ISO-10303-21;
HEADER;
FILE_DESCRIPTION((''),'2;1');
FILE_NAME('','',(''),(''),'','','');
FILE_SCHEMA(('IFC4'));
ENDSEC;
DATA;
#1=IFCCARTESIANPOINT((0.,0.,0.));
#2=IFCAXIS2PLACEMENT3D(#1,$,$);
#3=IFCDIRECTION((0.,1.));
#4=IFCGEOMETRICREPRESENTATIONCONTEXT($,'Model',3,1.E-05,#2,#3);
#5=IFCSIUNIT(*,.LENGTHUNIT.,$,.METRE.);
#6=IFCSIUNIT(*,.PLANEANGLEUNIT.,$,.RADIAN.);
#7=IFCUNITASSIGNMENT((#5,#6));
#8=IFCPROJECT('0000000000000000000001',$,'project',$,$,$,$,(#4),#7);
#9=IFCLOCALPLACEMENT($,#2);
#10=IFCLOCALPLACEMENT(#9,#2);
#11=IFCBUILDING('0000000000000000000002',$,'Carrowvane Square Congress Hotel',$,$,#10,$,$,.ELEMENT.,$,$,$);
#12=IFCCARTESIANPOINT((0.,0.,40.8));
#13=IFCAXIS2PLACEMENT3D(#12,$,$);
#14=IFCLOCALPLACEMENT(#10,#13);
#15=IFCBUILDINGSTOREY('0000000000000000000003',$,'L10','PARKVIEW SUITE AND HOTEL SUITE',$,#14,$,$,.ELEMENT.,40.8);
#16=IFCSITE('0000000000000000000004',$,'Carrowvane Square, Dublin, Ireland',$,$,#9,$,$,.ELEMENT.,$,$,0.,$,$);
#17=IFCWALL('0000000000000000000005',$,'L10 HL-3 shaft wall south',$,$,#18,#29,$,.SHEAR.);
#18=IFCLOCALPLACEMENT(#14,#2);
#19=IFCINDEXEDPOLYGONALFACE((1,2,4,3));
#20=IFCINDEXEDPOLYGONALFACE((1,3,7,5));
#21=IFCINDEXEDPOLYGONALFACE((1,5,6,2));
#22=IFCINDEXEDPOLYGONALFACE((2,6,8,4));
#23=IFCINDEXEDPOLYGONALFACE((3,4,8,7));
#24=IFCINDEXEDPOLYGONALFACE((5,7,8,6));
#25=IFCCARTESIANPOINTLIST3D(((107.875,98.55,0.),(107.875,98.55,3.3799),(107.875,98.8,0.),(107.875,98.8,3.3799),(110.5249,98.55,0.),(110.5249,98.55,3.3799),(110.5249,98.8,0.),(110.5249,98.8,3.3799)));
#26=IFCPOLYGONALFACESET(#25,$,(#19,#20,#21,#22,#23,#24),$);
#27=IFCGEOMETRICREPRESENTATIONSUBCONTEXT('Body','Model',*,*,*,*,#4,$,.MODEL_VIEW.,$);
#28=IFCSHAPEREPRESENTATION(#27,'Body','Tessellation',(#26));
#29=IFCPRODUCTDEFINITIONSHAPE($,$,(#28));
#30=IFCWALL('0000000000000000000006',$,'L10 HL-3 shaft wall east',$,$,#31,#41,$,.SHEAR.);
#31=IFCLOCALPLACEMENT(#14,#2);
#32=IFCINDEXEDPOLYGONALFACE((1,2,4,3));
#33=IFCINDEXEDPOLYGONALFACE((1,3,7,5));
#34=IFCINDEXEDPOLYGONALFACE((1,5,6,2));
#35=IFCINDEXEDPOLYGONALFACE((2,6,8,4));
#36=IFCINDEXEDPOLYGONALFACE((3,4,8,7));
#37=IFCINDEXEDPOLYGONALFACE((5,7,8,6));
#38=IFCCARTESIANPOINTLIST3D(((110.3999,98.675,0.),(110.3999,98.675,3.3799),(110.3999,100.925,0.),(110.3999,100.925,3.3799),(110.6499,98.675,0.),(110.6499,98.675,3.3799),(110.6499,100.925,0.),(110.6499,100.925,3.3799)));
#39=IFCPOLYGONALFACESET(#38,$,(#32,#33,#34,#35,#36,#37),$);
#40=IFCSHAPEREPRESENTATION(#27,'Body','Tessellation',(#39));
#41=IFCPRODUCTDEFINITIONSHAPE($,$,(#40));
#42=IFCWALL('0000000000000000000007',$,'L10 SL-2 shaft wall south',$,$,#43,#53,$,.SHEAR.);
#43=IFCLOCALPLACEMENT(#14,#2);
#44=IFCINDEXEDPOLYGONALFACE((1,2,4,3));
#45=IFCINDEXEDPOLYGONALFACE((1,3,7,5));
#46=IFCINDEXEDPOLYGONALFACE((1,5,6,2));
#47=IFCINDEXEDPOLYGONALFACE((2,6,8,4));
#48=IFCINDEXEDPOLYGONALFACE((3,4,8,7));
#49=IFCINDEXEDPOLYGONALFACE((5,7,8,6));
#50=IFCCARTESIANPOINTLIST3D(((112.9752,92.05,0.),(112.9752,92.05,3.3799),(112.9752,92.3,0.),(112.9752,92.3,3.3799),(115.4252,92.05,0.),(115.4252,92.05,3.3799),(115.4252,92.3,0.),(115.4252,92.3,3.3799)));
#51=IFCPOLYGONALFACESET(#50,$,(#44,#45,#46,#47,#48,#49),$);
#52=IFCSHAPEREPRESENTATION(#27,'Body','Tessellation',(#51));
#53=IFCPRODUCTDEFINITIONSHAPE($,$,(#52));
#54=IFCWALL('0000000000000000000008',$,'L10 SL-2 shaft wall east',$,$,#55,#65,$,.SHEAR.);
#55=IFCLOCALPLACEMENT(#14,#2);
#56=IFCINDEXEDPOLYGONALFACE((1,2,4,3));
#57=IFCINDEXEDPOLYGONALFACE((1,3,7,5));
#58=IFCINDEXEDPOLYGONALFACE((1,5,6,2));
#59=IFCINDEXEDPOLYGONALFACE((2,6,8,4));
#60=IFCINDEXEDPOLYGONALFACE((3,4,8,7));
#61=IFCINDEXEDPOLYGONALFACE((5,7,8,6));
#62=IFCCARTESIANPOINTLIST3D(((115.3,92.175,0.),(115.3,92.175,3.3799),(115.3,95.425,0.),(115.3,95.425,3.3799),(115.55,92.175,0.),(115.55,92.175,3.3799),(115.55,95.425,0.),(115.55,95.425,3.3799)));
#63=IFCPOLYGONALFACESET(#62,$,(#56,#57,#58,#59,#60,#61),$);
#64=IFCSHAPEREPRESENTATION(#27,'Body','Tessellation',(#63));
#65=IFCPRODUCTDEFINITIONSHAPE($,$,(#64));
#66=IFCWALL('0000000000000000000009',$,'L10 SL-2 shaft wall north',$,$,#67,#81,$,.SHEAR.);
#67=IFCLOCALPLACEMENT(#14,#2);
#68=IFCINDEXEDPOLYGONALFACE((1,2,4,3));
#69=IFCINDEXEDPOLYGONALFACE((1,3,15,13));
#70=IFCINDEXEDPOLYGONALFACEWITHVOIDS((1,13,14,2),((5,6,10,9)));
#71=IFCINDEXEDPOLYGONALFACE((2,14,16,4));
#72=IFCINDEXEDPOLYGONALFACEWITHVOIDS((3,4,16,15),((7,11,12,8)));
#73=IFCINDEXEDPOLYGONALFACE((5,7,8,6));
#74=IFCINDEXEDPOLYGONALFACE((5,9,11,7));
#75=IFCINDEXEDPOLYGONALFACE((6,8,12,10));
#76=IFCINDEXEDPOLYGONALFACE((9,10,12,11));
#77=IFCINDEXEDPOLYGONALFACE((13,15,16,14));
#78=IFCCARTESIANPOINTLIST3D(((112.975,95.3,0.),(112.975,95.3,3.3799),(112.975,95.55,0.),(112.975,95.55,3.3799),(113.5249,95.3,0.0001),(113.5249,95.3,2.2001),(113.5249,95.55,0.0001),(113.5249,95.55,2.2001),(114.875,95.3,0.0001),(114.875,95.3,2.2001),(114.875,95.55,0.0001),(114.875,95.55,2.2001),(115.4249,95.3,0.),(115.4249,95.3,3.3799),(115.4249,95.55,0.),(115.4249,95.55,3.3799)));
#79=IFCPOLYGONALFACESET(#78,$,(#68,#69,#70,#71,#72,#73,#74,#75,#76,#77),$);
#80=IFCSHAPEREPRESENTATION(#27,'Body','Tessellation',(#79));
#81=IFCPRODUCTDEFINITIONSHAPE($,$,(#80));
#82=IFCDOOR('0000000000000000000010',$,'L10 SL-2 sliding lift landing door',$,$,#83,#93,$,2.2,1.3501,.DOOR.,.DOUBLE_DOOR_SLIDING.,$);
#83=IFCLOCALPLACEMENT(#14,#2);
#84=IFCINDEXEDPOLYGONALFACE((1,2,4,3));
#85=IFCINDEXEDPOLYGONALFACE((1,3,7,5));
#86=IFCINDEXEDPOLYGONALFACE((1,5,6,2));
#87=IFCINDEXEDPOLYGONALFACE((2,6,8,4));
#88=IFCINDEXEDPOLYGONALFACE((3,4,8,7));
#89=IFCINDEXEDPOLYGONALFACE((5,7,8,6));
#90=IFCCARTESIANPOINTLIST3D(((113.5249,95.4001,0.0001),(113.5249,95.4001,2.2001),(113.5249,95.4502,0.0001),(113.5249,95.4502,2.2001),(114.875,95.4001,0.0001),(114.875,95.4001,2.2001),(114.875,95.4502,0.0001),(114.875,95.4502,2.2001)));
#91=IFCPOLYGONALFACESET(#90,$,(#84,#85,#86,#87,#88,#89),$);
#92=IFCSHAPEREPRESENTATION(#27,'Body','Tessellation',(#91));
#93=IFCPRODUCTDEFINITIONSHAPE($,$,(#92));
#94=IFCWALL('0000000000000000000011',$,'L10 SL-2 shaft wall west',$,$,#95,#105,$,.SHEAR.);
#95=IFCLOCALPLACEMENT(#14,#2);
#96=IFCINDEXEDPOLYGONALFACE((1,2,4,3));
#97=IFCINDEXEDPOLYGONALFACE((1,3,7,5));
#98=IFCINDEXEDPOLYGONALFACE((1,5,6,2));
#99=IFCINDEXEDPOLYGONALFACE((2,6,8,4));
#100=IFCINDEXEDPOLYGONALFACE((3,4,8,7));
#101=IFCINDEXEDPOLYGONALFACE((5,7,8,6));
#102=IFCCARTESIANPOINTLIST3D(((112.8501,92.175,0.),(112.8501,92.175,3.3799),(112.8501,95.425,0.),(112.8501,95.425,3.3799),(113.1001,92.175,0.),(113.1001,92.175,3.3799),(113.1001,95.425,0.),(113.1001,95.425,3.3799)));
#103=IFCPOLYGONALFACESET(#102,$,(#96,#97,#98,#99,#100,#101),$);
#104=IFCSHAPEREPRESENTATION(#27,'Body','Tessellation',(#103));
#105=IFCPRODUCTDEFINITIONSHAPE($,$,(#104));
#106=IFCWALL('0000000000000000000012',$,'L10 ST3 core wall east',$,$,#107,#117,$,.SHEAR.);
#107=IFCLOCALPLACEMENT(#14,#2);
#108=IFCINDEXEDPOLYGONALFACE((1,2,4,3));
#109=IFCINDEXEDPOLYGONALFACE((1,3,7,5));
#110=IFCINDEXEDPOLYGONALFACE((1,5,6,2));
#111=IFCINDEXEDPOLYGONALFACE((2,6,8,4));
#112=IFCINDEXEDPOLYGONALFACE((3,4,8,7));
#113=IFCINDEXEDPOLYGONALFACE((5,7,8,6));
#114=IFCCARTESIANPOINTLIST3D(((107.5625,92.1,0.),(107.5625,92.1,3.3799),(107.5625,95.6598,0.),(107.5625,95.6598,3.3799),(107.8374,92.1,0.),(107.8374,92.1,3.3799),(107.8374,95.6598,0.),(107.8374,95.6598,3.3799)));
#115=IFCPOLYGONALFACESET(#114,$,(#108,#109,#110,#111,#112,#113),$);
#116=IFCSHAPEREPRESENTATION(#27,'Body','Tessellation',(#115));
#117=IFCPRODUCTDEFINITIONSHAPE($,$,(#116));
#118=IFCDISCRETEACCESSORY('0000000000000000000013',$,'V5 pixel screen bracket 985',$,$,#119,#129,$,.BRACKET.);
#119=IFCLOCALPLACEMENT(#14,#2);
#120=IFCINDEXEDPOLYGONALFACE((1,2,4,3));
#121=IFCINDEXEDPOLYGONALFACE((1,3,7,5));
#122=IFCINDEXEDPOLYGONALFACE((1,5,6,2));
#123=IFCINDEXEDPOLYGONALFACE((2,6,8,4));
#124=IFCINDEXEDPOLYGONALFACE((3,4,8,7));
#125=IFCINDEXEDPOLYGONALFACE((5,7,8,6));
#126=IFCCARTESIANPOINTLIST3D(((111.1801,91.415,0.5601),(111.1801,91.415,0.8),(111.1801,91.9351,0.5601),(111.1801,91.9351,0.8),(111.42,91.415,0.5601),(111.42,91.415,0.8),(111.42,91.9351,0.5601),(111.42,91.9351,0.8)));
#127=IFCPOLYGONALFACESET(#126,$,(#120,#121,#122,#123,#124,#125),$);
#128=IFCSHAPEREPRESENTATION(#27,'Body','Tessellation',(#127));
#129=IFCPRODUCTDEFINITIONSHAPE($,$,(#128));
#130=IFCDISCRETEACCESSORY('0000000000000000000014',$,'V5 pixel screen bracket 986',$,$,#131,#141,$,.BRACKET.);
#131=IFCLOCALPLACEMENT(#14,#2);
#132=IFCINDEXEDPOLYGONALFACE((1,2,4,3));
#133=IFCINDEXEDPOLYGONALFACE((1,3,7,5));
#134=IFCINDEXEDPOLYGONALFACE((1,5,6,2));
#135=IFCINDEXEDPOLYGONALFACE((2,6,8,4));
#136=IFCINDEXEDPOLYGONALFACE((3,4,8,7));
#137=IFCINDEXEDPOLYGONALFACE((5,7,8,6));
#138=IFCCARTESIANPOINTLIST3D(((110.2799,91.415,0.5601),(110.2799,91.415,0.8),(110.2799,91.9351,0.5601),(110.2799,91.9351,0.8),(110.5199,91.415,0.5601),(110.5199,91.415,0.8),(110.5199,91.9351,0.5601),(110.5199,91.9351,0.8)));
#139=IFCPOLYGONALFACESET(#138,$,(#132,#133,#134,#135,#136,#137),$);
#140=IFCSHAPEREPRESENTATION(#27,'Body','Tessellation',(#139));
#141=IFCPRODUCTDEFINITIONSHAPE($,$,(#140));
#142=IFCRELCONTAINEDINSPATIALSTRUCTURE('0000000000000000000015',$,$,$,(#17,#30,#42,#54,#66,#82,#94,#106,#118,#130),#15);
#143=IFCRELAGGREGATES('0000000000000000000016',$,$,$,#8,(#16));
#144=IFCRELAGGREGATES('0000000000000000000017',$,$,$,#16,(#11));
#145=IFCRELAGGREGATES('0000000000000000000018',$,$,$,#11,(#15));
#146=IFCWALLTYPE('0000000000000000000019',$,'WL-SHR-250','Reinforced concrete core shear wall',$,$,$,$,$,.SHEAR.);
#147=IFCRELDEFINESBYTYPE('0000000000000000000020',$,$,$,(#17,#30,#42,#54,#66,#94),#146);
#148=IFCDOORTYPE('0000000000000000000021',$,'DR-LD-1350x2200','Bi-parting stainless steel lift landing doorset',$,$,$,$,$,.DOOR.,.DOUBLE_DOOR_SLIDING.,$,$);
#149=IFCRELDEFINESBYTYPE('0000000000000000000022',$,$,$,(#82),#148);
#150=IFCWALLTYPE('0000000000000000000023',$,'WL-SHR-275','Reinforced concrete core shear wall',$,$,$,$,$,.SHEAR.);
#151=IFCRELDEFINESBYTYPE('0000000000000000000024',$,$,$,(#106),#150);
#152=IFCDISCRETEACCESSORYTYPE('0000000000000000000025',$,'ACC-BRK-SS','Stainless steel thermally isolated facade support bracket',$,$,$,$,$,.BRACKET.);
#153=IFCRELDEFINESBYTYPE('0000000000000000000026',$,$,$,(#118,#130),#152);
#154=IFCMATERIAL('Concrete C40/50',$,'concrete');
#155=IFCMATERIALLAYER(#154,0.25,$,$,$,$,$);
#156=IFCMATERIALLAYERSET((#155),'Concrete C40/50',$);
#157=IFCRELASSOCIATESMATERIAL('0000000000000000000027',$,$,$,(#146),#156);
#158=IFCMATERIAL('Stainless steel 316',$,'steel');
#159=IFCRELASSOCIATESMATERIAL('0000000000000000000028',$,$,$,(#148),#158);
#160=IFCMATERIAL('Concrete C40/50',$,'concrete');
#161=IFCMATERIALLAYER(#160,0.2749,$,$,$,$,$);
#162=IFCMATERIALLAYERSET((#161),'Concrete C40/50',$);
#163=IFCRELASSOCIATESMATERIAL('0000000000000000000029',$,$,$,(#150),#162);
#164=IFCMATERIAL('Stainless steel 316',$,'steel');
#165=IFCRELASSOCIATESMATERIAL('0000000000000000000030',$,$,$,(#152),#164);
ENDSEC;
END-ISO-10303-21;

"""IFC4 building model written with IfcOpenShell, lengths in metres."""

from ifc_helpers import new_model, si_unit, direction, frame, frame_2d, origin, origin_2d, place, context, subcontext, project, spatial, rectangle, extrude, material, layer, layer_set, type_object, element, fill, save


model = new_model("IFC4")

# Units and contexts
model_context = context("Model", 3, precision=1e-05, world=origin(), true_north=direction((0.0, 1.0)))
body_context = subcontext(model_context, "Body", "Model", "MODEL_VIEW")
ifc_project = project(units=[si_unit("LENGTHUNIT", "METRE"), si_unit("PLANEANGLEUNIT", "RADIAN")], contexts=[model_context])

# Site, building, storey
site_placement = place(None, origin())
site = spatial("IfcSite", under=ifc_project, at=site_placement, Name="Carrowvane Square, Dublin, Ireland", CompositionType="ELEMENT", RefElevation=0.0)
building_placement = place(site_placement, origin())
building = spatial("IfcBuilding", under=site, at=building_placement, Name="Carrowvane Square Congress Hotel", CompositionType="ELEMENT")
storey_placement = place(building_placement, frame((0.0, 0.0, 40.8)))
storey = spatial("IfcBuildingStorey", under=building, at=storey_placement, Name="L10", Description="PARKVIEW SUITE AND HOTEL SUITE", CompositionType="ELEMENT", Elevation=40.8)

# Shared definitions
ifc_material_1 = material(Name="Concrete C40/50", Category="concrete")
ifc_layer_1 = layer(ifc_material_1, 0.25)
ifc_layer_set_1 = layer_set([ifc_layer_1], Name="Concrete C40/50")
wall_type_1 = type_object("IfcWallType", Name="WL-SHR-250", Description="Reinforced concrete core shear wall", PredefinedType="SHEAR", material=ifc_layer_set_1)

# Walls
wall_1_placement = place(storey_placement, frame((107.875, 98.675, 0.0), z_axis=(0.0, 0.0, 1.0), x_axis=(1.0, 0.0, 0.0)))
element("IfcWall", 1, at=wall_1_placement, inside=storey, type_object=wall_type_1, Name="L10 HL-3 shaft wall south", PredefinedType="SHEAR", context=body_context, shape_type="SweptSolid", body=[
    extrude(rectangle(XDim=2.6499, YDim=0.25, at=frame_2d((1.325, 0.0))), origin(), (0.0, 0.0, 1.0), 3.3799),
])
wall_2_placement = place(storey_placement, frame((110.5249, 98.675, 0.0), z_axis=(0.0, 0.0, 1.0), x_axis=(0.0, 1.0, 0.0)))
element("IfcWall", 2, at=wall_2_placement, inside=storey, type_object=wall_type_1, Name="L10 HL-3 shaft wall east", PredefinedType="SHEAR", context=body_context, shape_type="SweptSolid", body=[
    extrude(rectangle(XDim=2.25, YDim=0.25, at=frame_2d((1.125, 0.0))), origin(), (0.0, 0.0, 1.0), 3.3799),
])
wall_3_placement = place(storey_placement, frame((112.9751, 92.175, 0.0), z_axis=(0.0, 0.0, 1.0), x_axis=(1.0, 0.0, 0.0)))
element("IfcWall", 3, at=wall_3_placement, inside=storey, type_object=wall_type_1, Name="L10 SL-2 shaft wall south", PredefinedType="SHEAR", context=body_context, shape_type="SweptSolid", body=[
    extrude(rectangle(XDim=2.45, YDim=0.25, at=frame_2d((1.2251, 0.0))), origin(), (0.0, 0.0, 1.0), 3.3799),
])
wall_4_placement = place(storey_placement, frame((115.425, 92.175, 0.0), z_axis=(0.0, 0.0, 1.0), x_axis=(0.0, 1.0, 0.0)))
element("IfcWall", 4, at=wall_4_placement, inside=storey, type_object=wall_type_1, Name="L10 SL-2 shaft wall east", PredefinedType="SHEAR", context=body_context, shape_type="SweptSolid", body=[
    extrude(rectangle(XDim=3.25, YDim=0.25, at=frame_2d((1.625, 0.0))), origin(), (0.0, 0.0, 1.0), 3.3799),
])

# Wall, opening, door
wall_5_placement = place(storey_placement, frame((115.425, 95.425, 0.0), z_axis=(0.0, 0.0, 1.0), x_axis=(-1.0, 0.0, 0.0)))
wall_5 = element("IfcWall", 5, at=wall_5_placement, inside=storey, type_object=wall_type_1, Name="L10 SL-2 shaft wall north", PredefinedType="SHEAR", context=body_context, shape_type="SweptSolid", body=[
    extrude(rectangle(XDim=2.45, YDim=0.25, at=frame_2d((1.2251, 0.0))), origin(), (0.0, 0.0, 1.0), 3.3799),
])
opening_1_placement = place(wall_5_placement, frame((0.55, 0.0, 0.0)))
opening_1 = element("IfcOpeningElement", 6, at=opening_1_placement, cuts=wall_5, PredefinedType="OPENING", context=body_context, shape_type="SweptSolid", body=[
    extrude(rectangle(XDim=1.3501, YDim=2.2, at=frame_2d((0.675, 1.1001))), frame((0.0, 0.135, 0.0), z_axis=(0.0, -1.0, 0.0), x_axis=(1.0, 0.0, 0.0)), (0.0, 0.0, 1.0), 0.27),
])
ifc_material_2 = material(Name="Stainless steel 316", Category="steel")
door_type_1 = type_object("IfcDoorType", Name="DR-LD-1350x2200", Description="Bi-parting stainless steel lift landing doorset", OperationType="DOUBLE_DOOR_SLIDING", PredefinedType="DOOR", material=ifc_material_2)
door_1_placement = place(opening_1_placement, origin())
door_1 = element("IfcDoor", 7, at=door_1_placement, inside=storey, type_object=door_type_1, Name="L10 SL-2 sliding lift landing door", OperationType="DOUBLE_DOOR_SLIDING", OverallHeight=2.2, OverallWidth=1.3501, PredefinedType="DOOR", context=body_context, shape_type="SweptSolid", body=[
    extrude(rectangle(XDim=1.3501, YDim=2.2, at=frame_2d((0.675, 1.1001))), frame((0.0, 0.0249, 0.0), z_axis=(0.0, -1.0, 0.0), x_axis=(1.0, 0.0, 0.0)), (0.0, 0.0, 1.0), 0.05),
])
fill(opening_1, door_1)

# Walls
wall_6_placement = place(storey_placement, frame((112.9751, 95.425, 0.0), z_axis=(0.0, 0.0, 1.0), x_axis=(0.0, -1.0, 0.0)))
element("IfcWall", 8, at=wall_6_placement, inside=storey, type_object=wall_type_1, Name="L10 SL-2 shaft wall west", PredefinedType="SHEAR", context=body_context, shape_type="SweptSolid", body=[
    extrude(rectangle(XDim=3.25, YDim=0.25, at=frame_2d((1.625, 0.0))), origin(), (0.0, 0.0, 1.0), 3.3799),
])
ifc_material_3 = material(Name="Concrete C40/50", Category="concrete")
ifc_layer_2 = layer(ifc_material_3, 0.2749)
ifc_layer_set_2 = layer_set([ifc_layer_2], Name="Concrete C40/50")
wall_type_2 = type_object("IfcWallType", Name="WL-SHR-275", Description="Reinforced concrete core shear wall", PredefinedType="SHEAR", material=ifc_layer_set_2)
wall_7_placement = place(storey_placement, frame((107.7, 92.1001, 0.0), z_axis=(0.0, 0.0, 1.0), x_axis=(0.0, 1.0, 0.0)))
element("IfcWall", 9, at=wall_7_placement, inside=storey, type_object=wall_type_2, Name="L10 ST3 core wall east", PredefinedType="SHEAR", context=body_context, shape_type="SweptSolid", body=[
    extrude(rectangle(XDim=3.5598, YDim=0.2749, at=frame_2d((1.7798, 0.0))), origin(), (0.0, 0.0, 1.0), 3.3799),
])

# Discrete accessories
ifc_material_4 = material(Name="Stainless steel 316", Category="steel")
discrete_accessory_type = type_object("IfcDiscreteAccessoryType", Name="ACC-BRK-SS", Description="Stainless steel thermally isolated facade support bracket", PredefinedType="BRACKET", material=ifc_material_4)
for number, where, z_axis, x_axis, name in (
    (10, (111.3, 91.675, 0.5601), (0.0, 0.0, 1.0), (-1.0, 0.0, 0.0), "V5 pixel screen bracket 985"),
    (11, (110.3999, 91.675, 0.5601), (0.0, 0.0, 1.0), (-1.0, 0.0, 0.0), "V5 pixel screen bracket 986"),
):
    element("IfcDiscreteAccessory", number, at=place(storey_placement, frame(where, z_axis=z_axis, x_axis=x_axis)), inside=storey, type_object=discrete_accessory_type, Name=name, PredefinedType="BRACKET", context=body_context, shape_type="SweptSolid", body=[
        extrude(rectangle(XDim=0.24, YDim=0.52, at=origin_2d()), origin(), (0.0, 0.0, 1.0), 0.24),
    ])

save(model, "model.ifc")
